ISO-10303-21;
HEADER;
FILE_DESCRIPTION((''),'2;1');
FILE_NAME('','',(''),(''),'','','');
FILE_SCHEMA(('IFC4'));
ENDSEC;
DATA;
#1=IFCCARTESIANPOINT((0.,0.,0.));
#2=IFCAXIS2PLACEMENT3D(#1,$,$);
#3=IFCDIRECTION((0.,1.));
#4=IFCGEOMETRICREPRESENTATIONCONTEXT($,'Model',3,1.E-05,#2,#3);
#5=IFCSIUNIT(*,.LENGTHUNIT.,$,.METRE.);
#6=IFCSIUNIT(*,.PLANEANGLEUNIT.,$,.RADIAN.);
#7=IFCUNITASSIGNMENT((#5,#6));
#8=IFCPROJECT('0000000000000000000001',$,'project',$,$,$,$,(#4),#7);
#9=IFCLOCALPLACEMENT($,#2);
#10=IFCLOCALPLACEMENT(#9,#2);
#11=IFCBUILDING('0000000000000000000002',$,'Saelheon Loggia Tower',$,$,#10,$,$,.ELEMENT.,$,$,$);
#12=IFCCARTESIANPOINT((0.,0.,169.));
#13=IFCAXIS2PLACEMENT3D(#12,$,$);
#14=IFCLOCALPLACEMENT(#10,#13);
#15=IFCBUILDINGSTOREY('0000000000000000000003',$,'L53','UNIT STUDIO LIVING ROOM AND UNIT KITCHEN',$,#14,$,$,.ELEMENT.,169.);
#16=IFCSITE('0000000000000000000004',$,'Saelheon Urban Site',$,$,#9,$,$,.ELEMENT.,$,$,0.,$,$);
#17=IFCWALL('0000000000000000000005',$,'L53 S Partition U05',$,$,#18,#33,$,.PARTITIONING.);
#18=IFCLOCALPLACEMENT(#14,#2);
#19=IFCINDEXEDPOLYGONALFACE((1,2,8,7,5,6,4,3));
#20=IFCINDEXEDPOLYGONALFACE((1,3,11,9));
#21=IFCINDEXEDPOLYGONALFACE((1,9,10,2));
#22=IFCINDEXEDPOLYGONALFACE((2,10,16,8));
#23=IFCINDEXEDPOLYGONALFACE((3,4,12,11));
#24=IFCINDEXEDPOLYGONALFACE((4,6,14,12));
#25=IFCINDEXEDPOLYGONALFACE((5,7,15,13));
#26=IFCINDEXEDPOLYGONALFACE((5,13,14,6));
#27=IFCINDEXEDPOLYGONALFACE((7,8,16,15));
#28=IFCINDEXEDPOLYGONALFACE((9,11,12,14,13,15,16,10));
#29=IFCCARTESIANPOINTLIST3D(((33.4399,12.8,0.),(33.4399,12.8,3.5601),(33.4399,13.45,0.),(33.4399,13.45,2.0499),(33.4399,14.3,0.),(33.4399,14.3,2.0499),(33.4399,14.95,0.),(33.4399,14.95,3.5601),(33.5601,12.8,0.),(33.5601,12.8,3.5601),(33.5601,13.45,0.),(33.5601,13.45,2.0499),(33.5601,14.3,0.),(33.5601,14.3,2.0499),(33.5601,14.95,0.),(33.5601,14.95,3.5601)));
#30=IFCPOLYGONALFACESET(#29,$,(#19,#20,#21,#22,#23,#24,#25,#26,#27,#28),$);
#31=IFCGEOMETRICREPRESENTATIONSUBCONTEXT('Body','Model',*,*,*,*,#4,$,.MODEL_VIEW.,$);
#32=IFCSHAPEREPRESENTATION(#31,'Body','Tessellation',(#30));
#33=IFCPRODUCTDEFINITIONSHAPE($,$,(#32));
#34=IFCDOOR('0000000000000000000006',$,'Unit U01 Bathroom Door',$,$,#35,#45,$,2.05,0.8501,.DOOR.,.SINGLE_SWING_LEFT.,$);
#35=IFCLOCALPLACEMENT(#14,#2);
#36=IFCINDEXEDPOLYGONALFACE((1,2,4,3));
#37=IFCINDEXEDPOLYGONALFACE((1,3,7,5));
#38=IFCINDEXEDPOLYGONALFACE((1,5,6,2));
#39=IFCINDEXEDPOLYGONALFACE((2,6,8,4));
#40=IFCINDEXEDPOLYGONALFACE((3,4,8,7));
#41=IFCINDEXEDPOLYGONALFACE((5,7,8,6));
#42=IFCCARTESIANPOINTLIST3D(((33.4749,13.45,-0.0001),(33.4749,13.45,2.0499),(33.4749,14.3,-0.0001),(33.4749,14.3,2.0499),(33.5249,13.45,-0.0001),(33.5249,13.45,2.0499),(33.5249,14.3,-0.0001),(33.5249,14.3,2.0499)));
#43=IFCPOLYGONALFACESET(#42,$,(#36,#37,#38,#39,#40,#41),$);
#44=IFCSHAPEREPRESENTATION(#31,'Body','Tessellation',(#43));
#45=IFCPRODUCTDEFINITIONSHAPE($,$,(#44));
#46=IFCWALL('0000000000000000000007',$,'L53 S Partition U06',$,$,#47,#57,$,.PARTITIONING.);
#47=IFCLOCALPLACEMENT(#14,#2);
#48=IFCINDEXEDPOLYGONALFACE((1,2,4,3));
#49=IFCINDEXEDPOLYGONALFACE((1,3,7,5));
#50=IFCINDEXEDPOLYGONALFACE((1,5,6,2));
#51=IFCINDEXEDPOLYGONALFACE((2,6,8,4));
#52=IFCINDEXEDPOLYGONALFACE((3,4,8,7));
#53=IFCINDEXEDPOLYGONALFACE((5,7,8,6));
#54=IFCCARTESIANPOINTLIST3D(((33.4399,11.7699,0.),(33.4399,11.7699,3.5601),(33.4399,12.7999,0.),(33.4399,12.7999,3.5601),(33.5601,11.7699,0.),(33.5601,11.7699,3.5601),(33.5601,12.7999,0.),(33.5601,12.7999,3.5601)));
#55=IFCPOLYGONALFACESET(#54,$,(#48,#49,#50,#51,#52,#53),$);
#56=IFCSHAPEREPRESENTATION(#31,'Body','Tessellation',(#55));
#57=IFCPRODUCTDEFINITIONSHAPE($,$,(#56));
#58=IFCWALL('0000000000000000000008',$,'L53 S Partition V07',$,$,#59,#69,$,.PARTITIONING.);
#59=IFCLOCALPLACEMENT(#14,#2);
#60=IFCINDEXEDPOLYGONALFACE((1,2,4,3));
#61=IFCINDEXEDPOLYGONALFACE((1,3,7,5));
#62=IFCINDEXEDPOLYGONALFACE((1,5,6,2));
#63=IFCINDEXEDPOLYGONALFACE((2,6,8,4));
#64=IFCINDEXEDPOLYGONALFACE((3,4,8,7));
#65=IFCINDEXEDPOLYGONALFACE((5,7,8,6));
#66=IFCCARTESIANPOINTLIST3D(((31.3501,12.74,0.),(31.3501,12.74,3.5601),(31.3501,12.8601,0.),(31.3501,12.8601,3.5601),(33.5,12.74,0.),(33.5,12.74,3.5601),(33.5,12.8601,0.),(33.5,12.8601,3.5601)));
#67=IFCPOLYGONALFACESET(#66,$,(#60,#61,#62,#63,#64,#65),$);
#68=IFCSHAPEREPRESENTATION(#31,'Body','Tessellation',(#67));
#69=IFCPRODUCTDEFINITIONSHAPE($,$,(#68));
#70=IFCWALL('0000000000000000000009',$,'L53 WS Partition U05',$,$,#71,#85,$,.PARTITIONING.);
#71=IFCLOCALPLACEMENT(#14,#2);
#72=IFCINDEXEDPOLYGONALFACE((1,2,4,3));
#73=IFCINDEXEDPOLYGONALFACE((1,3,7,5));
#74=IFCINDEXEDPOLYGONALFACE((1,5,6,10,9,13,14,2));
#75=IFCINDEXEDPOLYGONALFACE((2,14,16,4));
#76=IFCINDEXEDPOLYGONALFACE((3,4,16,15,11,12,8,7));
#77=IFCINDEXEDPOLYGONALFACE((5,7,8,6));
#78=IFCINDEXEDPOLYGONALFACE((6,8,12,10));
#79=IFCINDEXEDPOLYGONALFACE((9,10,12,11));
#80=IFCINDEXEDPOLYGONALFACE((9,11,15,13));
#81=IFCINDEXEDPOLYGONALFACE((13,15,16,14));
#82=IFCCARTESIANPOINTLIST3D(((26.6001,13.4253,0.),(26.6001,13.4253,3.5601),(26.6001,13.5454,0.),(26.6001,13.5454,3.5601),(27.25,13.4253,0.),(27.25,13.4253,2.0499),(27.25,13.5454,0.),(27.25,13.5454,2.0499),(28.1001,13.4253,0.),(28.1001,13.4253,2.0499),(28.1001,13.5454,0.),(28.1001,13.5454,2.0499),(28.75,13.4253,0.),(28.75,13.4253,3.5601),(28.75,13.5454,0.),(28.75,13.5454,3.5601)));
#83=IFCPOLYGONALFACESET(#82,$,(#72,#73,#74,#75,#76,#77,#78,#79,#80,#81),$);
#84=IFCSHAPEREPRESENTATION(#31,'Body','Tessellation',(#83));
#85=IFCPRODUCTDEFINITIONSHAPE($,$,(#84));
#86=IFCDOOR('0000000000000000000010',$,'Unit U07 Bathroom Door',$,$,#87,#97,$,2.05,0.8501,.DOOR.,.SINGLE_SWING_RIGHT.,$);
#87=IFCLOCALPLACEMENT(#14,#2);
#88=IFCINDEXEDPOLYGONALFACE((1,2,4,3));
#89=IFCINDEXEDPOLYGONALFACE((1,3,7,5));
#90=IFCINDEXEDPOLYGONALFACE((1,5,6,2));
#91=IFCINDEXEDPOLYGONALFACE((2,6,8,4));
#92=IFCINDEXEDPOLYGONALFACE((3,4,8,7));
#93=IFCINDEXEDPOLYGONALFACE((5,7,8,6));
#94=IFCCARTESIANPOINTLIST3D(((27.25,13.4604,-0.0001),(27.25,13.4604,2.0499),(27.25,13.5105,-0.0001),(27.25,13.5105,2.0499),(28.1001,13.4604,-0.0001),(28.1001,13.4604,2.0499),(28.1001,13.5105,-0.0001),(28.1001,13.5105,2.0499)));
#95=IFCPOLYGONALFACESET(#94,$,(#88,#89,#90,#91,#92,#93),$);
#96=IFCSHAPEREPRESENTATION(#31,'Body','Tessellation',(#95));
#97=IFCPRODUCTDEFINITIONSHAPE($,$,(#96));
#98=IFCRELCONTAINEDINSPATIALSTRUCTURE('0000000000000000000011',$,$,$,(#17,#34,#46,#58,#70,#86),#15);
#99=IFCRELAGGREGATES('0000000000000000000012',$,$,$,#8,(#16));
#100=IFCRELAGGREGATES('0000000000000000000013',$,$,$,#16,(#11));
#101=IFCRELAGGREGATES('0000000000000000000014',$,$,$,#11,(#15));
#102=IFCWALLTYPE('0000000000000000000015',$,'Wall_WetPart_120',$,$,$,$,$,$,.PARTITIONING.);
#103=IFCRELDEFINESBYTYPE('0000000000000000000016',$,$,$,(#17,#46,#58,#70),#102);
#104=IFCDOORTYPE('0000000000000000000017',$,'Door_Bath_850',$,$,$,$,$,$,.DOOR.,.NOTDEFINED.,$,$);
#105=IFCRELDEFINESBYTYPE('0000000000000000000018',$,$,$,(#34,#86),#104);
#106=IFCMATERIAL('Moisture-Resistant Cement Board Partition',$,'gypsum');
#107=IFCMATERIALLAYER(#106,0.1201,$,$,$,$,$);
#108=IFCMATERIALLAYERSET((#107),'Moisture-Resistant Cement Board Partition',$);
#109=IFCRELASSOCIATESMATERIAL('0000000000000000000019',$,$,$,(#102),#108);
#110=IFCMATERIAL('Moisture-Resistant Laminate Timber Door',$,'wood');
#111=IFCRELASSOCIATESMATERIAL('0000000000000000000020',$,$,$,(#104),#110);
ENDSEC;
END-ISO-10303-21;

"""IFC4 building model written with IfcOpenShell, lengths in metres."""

from ifc_helpers import new_model, si_unit, direction, frame, frame_2d, origin, place, context, subcontext, project, spatial, rectangle, extrude, source, transform, mapped, material, layer, layer_set, type_object, element, fill, save


model = new_model("IFC4")

# Units and contexts
model_context = context("Model", 3, precision=1e-05, world=origin(), true_north=direction((0.0, 1.0)))
body_context = subcontext(model_context, "Body", "Model", "MODEL_VIEW")
ifc_project = project(units=[si_unit("LENGTHUNIT", "METRE"), si_unit("PLANEANGLEUNIT", "RADIAN")], contexts=[model_context])

# Site, building, storey
site_placement = place(None, origin())
site = spatial("IfcSite", under=ifc_project, at=site_placement, Name="Saelheon Urban Site", CompositionType="ELEMENT", RefElevation=0.0)
building_placement = place(site_placement, origin())
building = spatial("IfcBuilding", under=site, at=building_placement, Name="Saelheon Loggia Tower", CompositionType="ELEMENT")
storey_placement = place(building_placement, frame((0.0, 0.0, 169.0)))
storey = spatial("IfcBuildingStorey", under=building, at=storey_placement, Name="L53", Description="UNIT STUDIO LIVING ROOM AND UNIT KITCHEN", CompositionType="ELEMENT", Elevation=169.0)

# Wall, opening, door
ifc_material_1 = material(Name="Moisture-Resistant Cement Board Partition", Category="gypsum")
ifc_layer_1 = layer(ifc_material_1, 0.1201)
ifc_layer_set_1 = layer_set([ifc_layer_1], Name="Moisture-Resistant Cement Board Partition")
wall_type_1 = type_object("IfcWallType", Name="Wall_WetPart_120", PredefinedType="PARTITIONING", material=ifc_layer_set_1)
wall_1_placement = place(storey_placement, frame((33.5, 14.95, 0.0), z_axis=(0.0, 0.0, 1.0), x_axis=(0.0, -1.0, 0.0)))
wall_1 = element("IfcWall", 1, at=wall_1_placement, inside=storey, type_object=wall_type_1, Name="L53 S Partition U05", PredefinedType="PARTITIONING", context=body_context, shape_type="SweptSolid", body=[
    extrude(rectangle(XDim=2.1499, YDim=0.1201, at=frame_2d((1.075, 0.0))), origin(), (0.0, 0.0, 1.0), 3.5601),
])
opening_1_placement = place(wall_1_placement, frame((0.6499, 0.0, 0.0)))
opening_1 = element("IfcOpeningElement", 2, at=opening_1_placement, cuts=wall_1, PredefinedType="OPENING", context=body_context, shape_type="SweptSolid", body=[
    extrude(rectangle(XDim=0.8501, YDim=2.05, at=frame_2d((0.425, 1.0249))), frame((0.0, 0.072, 0.0), z_axis=(0.0, -1.0, 0.0), x_axis=(1.0, 0.0, 0.0)), (0.0, 0.0, 1.0), 0.144),
])
ifc_material_2 = material(Name="Moisture-Resistant Laminate Timber Door", Category="wood")
door_type_1 = type_object("IfcDoorType", Name="Door_Bath_850", OperationType="NOTDEFINED", PredefinedType="DOOR", material=ifc_material_2)
shared_shape_1 = source(origin(), body_context, "Body", "SweptSolid", [
    extrude(rectangle(XDim=0.8501, YDim=2.05, at=frame_2d((0.425, 1.0249))), frame((0.0, 0.0249, 0.0), z_axis=(0.0, -1.0, 0.0), x_axis=(1.0, 0.0, 0.0)), (0.0, 0.0, 1.0), 0.05),
])
door_1_placement = place(opening_1_placement, origin())
door_1 = element("IfcDoor", 3, at=door_1_placement, inside=storey, type_object=door_type_1, Name="Unit U01 Bathroom Door", OperationType="SINGLE_SWING_LEFT", OverallHeight=2.05, OverallWidth=0.8501, PredefinedType="DOOR", context=body_context, shape_type="MappedRepresentation", body=[
    mapped(shared_shape_1, transform((0.0, 0.0, 0.0), scale=1.0)),
])
fill(opening_1, door_1)

# Walls
wall_2_placement = place(storey_placement, frame((33.5, 12.8, 0.0), z_axis=(0.0, 0.0, 1.0), x_axis=(0.0, -1.0, 0.0)))
element("IfcWall", 4, at=wall_2_placement, inside=storey, type_object=wall_type_1, Name="L53 S Partition U06", PredefinedType="PARTITIONING", context=body_context, shape_type="SweptSolid", body=[
    extrude(rectangle(XDim=1.03, YDim=0.1201, at=frame_2d((0.5151, 0.0))), origin(), (0.0, 0.0, 1.0), 3.5601),
])
wall_3_placement = place(storey_placement, frame((31.3501, 12.8, 0.0), z_axis=(0.0, 0.0, 1.0), x_axis=(1.0, 0.0, 0.0)))
element("IfcWall", 5, at=wall_3_placement, inside=storey, type_object=wall_type_1, Name="L53 S Partition V07", PredefinedType="PARTITIONING", context=body_context, shape_type="SweptSolid", body=[
    extrude(rectangle(XDim=2.1499, YDim=0.1201, at=frame_2d((1.075, 0.0))), origin(), (0.0, 0.0, 1.0), 3.5601),
])

# Wall, opening, door
wall_4_placement = place(storey_placement, frame((28.75, 13.4854, 0.0), z_axis=(0.0, 0.0, 1.0), x_axis=(-1.0, 0.0, 0.0)))
wall_4 = element("IfcWall", 6, at=wall_4_placement, inside=storey, type_object=wall_type_1, Name="L53 WS Partition U05", PredefinedType="PARTITIONING", context=body_context, shape_type="SweptSolid", body=[
    extrude(rectangle(XDim=2.1499, YDim=0.1201, at=frame_2d((1.075, 0.0))), origin(), (0.0, 0.0, 1.0), 3.5601),
])
opening_2_placement = place(wall_4_placement, frame((0.6499, 0.0, 0.0)))
opening_2 = element("IfcOpeningElement", 7, at=opening_2_placement, cuts=wall_4, PredefinedType="OPENING", context=body_context, shape_type="SweptSolid", body=[
    extrude(rectangle(XDim=0.8501, YDim=2.05, at=frame_2d((0.425, 1.0249))), frame((0.0, 0.072, 0.0), z_axis=(0.0, -1.0, 0.0), x_axis=(1.0, 0.0, 0.0)), (0.0, 0.0, 1.0), 0.144),
])
door_2_placement = place(opening_2_placement, origin())
door_2 = element("IfcDoor", 8, at=door_2_placement, inside=storey, type_object=door_type_1, Name="Unit U07 Bathroom Door", OperationType="SINGLE_SWING_RIGHT", OverallHeight=2.05, OverallWidth=0.8501, PredefinedType="DOOR", context=body_context, shape_type="MappedRepresentation", body=[
    mapped(shared_shape_1, transform((0.0, 0.0, 0.0), scale=1.0)),
])
fill(opening_2, door_2)

save(model, "model.ifc")
